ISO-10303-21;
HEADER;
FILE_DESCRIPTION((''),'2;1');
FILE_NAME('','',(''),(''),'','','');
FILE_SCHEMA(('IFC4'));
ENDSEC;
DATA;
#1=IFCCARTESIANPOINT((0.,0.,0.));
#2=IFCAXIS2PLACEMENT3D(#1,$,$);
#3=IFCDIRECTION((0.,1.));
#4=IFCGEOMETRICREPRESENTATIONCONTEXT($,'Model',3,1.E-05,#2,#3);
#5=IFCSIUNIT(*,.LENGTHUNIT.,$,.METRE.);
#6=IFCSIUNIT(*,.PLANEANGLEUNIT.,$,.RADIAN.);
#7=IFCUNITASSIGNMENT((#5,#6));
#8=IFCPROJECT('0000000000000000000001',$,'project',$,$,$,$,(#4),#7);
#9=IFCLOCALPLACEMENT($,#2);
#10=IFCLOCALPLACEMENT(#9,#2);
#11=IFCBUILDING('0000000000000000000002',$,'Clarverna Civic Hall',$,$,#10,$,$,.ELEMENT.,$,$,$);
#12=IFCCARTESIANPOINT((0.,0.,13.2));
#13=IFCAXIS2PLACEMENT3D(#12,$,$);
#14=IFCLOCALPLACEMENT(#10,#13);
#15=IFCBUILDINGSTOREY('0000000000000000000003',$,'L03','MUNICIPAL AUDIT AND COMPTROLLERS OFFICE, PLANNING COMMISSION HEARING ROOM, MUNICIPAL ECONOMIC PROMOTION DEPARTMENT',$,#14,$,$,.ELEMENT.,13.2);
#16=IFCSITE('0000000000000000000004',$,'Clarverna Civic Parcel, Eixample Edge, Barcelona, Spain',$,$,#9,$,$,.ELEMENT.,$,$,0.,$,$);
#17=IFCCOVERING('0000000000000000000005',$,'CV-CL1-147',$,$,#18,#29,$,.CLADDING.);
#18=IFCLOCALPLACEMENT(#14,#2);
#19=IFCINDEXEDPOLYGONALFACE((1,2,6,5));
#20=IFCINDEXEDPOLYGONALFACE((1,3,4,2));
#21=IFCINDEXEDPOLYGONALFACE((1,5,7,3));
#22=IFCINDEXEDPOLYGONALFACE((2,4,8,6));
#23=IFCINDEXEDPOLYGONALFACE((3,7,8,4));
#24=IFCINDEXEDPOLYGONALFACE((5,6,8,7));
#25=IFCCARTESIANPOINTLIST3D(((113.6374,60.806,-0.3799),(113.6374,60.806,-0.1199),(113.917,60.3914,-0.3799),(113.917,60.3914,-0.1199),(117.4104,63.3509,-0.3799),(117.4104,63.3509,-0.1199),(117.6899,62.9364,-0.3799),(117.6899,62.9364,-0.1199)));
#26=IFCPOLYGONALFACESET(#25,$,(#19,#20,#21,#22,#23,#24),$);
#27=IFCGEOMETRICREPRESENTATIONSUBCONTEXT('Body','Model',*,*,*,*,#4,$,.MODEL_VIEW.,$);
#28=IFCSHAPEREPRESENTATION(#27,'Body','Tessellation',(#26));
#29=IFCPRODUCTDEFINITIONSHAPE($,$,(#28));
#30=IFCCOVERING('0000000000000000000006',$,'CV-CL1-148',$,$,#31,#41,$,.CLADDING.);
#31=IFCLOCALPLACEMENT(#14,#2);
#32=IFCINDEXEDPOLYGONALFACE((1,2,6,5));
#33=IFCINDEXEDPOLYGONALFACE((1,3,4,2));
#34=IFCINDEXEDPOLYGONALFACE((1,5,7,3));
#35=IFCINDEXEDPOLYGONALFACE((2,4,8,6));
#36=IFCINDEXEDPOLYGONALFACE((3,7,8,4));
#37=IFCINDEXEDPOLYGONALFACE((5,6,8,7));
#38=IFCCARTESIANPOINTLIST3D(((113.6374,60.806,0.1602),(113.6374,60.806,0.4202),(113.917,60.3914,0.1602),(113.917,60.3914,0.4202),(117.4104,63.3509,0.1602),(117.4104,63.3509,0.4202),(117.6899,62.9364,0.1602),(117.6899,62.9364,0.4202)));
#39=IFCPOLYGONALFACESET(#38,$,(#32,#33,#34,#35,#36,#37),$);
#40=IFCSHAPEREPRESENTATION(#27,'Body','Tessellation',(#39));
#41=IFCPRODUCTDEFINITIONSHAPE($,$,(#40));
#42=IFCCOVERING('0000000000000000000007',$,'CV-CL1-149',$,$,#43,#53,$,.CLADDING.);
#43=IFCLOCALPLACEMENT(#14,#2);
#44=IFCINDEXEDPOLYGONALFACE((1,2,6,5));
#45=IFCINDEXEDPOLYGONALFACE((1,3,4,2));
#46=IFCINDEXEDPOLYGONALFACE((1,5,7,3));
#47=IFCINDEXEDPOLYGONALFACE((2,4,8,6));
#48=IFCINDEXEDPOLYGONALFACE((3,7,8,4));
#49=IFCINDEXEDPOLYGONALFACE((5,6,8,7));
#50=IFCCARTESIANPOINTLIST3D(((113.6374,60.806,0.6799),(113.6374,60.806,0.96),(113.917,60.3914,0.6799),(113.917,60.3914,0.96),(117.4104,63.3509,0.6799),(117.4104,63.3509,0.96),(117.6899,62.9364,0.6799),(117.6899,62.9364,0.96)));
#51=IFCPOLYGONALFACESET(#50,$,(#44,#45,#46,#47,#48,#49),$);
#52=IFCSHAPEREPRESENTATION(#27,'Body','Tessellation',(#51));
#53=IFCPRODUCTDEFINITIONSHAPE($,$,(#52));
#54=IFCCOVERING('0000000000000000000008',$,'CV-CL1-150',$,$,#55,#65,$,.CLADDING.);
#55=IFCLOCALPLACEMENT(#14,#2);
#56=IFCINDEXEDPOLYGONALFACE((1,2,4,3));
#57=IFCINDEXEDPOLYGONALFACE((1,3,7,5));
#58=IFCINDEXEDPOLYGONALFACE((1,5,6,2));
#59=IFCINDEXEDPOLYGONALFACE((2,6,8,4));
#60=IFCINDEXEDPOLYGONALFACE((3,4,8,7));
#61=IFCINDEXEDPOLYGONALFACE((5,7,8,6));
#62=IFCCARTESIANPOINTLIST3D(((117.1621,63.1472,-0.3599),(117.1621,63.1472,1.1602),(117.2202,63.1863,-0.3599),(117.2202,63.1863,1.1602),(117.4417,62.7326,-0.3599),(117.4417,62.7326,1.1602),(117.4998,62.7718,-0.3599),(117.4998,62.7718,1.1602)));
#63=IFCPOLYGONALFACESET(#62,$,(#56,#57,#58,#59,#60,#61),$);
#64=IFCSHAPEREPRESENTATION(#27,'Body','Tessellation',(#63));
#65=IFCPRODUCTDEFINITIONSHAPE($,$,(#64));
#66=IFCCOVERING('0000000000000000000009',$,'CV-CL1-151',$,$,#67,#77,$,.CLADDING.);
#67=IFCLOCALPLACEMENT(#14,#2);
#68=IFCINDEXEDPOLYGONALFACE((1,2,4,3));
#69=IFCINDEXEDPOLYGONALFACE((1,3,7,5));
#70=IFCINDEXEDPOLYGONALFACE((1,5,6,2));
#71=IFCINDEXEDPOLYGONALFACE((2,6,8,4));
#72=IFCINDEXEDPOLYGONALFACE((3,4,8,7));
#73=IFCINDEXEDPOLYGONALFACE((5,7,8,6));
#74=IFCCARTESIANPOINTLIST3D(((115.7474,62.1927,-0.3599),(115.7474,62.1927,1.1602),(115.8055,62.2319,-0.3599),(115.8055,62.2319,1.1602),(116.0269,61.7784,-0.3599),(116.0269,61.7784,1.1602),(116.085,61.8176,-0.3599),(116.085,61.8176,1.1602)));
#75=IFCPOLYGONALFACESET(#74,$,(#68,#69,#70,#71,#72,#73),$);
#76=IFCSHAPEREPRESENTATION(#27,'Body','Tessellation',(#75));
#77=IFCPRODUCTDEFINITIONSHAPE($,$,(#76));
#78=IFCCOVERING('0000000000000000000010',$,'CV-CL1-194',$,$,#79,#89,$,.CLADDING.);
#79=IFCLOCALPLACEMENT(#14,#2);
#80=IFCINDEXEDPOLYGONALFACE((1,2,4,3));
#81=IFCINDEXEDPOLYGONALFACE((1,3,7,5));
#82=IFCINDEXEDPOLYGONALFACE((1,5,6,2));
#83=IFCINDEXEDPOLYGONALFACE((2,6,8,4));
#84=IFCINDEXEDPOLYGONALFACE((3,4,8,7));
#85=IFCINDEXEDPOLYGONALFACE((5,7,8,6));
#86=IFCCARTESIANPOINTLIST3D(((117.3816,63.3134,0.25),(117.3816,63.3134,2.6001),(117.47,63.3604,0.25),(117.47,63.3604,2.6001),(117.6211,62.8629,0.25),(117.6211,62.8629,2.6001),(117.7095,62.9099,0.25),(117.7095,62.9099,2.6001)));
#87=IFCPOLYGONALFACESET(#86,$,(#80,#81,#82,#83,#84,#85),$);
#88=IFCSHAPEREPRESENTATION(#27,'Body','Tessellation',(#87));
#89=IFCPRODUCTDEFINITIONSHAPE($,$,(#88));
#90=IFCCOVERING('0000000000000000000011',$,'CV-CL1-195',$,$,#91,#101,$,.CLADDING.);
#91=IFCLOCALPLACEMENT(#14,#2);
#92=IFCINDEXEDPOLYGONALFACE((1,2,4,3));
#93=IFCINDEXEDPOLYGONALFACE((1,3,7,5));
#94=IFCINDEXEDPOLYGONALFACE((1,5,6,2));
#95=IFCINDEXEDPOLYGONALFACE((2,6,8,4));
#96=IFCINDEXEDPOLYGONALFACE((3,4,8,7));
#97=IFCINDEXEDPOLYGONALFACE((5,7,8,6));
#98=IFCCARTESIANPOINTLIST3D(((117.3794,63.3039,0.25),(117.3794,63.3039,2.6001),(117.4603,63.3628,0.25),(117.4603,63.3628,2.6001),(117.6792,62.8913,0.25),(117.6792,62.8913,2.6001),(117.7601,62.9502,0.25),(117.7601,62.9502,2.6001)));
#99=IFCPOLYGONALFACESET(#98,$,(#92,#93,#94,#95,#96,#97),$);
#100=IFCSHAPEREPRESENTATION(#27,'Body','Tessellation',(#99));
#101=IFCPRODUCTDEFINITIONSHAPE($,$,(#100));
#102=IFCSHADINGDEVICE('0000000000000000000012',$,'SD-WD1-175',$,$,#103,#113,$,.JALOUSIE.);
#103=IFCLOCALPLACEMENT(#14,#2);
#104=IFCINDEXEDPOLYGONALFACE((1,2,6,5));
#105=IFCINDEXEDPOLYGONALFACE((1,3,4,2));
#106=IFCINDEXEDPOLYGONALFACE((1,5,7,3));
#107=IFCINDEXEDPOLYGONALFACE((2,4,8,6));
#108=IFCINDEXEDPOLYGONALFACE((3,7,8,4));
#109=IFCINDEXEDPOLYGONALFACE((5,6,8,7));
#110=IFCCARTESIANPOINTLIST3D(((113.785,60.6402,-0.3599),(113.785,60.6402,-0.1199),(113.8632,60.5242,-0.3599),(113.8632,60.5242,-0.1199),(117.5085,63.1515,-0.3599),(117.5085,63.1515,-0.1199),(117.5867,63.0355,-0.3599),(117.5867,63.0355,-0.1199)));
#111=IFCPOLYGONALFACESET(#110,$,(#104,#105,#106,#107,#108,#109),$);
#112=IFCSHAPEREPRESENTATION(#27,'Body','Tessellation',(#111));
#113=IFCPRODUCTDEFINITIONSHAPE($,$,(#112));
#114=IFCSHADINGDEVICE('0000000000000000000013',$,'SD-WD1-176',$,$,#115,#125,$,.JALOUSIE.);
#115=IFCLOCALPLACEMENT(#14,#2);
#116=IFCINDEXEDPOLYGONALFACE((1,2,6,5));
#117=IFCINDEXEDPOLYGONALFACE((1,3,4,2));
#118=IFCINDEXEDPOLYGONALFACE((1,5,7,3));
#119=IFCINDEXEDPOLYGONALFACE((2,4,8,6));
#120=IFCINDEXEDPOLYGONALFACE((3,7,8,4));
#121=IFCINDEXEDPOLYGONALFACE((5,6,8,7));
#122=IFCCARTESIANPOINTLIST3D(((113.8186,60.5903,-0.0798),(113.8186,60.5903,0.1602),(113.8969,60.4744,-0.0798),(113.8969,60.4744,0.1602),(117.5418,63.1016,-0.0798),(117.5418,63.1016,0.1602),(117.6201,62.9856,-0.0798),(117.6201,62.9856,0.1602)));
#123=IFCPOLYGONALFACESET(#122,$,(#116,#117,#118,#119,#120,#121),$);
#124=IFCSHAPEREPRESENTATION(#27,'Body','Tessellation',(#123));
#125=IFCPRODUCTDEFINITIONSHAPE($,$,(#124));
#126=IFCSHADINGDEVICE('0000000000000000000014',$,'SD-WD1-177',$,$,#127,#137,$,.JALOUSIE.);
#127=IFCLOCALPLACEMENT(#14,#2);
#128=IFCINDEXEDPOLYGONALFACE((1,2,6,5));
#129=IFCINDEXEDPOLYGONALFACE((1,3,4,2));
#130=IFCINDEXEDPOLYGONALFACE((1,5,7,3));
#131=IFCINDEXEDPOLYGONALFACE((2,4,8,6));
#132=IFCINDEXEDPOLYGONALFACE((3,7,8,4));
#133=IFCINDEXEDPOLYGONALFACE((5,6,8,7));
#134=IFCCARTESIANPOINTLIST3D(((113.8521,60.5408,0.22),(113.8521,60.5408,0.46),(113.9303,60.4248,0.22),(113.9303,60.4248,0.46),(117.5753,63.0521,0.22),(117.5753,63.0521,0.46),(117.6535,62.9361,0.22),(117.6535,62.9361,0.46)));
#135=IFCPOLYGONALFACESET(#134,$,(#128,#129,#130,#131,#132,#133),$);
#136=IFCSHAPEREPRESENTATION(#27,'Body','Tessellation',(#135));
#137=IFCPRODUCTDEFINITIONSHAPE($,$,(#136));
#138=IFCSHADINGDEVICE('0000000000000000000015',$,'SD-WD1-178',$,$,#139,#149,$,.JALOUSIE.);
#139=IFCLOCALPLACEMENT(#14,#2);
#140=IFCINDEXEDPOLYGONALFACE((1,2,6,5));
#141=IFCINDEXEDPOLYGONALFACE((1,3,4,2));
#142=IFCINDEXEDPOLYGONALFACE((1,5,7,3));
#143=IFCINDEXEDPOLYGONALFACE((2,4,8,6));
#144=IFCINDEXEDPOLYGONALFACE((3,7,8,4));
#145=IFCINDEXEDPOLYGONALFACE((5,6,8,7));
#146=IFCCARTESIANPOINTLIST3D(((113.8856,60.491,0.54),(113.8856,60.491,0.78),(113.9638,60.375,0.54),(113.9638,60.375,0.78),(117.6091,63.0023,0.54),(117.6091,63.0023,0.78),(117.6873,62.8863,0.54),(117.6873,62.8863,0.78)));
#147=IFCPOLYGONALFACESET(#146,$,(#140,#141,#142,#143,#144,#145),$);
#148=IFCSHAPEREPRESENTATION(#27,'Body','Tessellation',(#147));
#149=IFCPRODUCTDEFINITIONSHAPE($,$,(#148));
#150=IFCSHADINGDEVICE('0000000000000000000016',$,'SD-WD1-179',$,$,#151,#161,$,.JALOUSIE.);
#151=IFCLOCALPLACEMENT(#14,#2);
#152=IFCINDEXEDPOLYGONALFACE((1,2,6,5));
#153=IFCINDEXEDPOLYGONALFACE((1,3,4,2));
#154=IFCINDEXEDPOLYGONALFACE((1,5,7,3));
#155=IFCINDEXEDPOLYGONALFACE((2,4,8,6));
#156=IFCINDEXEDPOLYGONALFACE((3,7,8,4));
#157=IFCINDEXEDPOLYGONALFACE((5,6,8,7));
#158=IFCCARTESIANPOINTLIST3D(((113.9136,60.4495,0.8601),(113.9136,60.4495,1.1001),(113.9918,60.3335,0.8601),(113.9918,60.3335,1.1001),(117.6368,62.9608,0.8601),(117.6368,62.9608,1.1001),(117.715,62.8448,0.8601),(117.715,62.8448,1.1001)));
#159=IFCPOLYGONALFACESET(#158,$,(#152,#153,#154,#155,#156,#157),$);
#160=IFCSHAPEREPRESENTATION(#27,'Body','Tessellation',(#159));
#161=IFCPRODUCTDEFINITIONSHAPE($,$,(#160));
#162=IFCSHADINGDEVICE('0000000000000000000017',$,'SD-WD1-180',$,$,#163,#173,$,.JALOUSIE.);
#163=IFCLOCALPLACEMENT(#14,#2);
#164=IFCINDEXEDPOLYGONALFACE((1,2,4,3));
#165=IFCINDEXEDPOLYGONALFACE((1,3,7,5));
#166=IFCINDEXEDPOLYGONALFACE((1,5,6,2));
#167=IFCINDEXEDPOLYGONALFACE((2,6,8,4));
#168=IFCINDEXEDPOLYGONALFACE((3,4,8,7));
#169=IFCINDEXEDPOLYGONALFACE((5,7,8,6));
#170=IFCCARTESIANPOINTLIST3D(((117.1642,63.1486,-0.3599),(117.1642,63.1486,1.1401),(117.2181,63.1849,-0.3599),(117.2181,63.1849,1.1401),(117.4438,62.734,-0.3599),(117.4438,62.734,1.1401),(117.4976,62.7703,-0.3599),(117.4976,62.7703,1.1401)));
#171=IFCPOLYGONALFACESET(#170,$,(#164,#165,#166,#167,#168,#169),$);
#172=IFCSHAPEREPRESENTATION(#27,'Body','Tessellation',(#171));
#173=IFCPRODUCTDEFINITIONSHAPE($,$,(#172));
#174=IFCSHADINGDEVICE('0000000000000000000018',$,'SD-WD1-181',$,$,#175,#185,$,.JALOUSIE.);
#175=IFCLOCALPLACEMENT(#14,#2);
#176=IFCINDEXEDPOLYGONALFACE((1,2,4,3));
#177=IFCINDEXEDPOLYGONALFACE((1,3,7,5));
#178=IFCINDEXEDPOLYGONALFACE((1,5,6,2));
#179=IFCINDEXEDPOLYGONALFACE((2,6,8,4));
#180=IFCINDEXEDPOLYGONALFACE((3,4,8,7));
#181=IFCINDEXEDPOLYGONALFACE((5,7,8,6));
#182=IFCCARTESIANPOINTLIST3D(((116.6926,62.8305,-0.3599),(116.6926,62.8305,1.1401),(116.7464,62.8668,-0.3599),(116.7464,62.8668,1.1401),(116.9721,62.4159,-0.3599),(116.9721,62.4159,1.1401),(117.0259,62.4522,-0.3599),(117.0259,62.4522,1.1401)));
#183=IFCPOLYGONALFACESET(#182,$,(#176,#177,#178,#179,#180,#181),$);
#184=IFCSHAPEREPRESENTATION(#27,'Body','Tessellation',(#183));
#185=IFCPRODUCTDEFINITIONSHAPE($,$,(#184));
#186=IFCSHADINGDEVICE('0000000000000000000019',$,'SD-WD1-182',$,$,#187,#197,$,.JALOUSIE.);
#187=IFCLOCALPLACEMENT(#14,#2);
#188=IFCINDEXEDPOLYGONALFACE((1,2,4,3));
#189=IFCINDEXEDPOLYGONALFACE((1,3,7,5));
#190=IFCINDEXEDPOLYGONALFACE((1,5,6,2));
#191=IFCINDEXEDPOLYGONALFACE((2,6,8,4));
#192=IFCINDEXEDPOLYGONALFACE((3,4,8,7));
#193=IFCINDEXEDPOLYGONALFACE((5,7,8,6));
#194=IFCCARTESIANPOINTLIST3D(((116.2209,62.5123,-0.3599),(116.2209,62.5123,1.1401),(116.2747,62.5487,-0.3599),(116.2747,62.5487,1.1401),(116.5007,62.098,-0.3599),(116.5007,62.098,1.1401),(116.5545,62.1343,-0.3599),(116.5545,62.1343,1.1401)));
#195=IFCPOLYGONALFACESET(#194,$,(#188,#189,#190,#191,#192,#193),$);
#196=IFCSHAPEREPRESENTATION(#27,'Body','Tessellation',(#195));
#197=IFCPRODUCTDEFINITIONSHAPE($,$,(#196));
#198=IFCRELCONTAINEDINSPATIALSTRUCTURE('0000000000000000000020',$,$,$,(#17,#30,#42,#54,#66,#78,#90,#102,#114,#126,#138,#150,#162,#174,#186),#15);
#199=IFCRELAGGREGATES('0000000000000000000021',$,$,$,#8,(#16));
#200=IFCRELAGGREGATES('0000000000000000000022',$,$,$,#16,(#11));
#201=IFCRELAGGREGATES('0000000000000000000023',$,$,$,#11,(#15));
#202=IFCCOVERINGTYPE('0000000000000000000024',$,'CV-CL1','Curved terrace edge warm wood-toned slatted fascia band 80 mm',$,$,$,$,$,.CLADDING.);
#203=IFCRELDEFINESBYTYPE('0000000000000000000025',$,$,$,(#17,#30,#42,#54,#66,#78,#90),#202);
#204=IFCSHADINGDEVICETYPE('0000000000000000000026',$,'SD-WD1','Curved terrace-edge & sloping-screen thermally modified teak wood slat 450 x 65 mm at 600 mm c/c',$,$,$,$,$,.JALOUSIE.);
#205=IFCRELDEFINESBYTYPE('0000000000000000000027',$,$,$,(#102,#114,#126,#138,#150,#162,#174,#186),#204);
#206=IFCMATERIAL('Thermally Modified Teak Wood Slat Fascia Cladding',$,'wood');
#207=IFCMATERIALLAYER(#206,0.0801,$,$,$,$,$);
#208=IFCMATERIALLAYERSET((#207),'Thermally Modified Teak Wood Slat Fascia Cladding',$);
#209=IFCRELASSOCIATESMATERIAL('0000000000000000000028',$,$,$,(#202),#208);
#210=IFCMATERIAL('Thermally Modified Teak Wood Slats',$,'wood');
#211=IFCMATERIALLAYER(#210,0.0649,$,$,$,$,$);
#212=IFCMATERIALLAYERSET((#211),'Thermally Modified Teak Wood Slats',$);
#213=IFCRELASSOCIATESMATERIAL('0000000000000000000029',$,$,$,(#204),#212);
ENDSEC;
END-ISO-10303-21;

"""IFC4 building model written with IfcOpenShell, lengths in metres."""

from ifc_helpers import new_model, si_unit, direction, frame, frame_2d, origin, place, context, subcontext, project, spatial, rectangle, extrude, material, layer, layer_set, type_object, element, save


model = new_model("IFC4")

# Units and contexts
model_context = context("Model", 3, precision=1e-05, world=origin(), true_north=direction((0.0, 1.0)))
body_context = subcontext(model_context, "Body", "Model", "MODEL_VIEW")
ifc_project = project(units=[si_unit("LENGTHUNIT", "METRE"), si_unit("PLANEANGLEUNIT", "RADIAN")], contexts=[model_context])

# Site, building, storey
site_placement = place(None, origin())
site = spatial("IfcSite", under=ifc_project, at=site_placement, Name="Clarverna Civic Parcel, Eixample Edge, Barcelona, Spain", CompositionType="ELEMENT", RefElevation=0.0)
building_placement = place(site_placement, origin())
building = spatial("IfcBuilding", under=site, at=building_placement, Name="Clarverna Civic Hall", CompositionType="ELEMENT")
storey_placement = place(building_placement, frame((0.0, 0.0, 13.2)))
storey = spatial("IfcBuildingStorey", under=building, at=storey_placement, Name="L03", Description="MUNICIPAL AUDIT AND COMPTROLLERS OFFICE, PLANNING COMMISSION HEARING ROOM, MUNICIPAL ECONOMIC PROMOTION DEPARTMENT", CompositionType="ELEMENT", Elevation=13.2)

# Coverings
ifc_material_1 = material(Name="Thermally Modified Teak Wood Slat Fascia Cladding", Category="wood")
ifc_layer_1 = layer(ifc_material_1, 0.0801)
ifc_layer_set_1 = layer_set([ifc_layer_1], Name="Thermally Modified Teak Wood Slat Fascia Cladding")
covering_type = type_object("IfcCoveringType", Name="CV-CL1", Description="Curved terrace edge warm wood-toned slatted fascia band 80 mm", PredefinedType="CLADDING", material=ifc_layer_set_1)
for number, where, z_axis, x_axis, name in (
    (1, (117.55, 63.1436, -0.3799), (0.0, 0.0, 1.0), (-0.829034, -0.559198, 0.0), "CV-CL1-147"),
    (2, (117.55, 63.1436, 0.1602), (0.0, 0.0, 1.0), (-0.829034, -0.559198, 0.0), "CV-CL1-148"),
):
    element("IfcCovering", number, at=place(storey_placement, frame(where, z_axis=z_axis, x_axis=x_axis)), inside=storey, type_object=covering_type, Name=name, PredefinedType="CLADDING", context=body_context, shape_type="SweptSolid", body=[
        extrude(rectangle(XDim=4.551, YDim=0.5, at=frame_2d((2.2754, 0.0))), origin(), (0.0, 0.0, 1.0), 0.26),
    ])
covering_1_placement = place(storey_placement, frame((117.55, 63.1436, 0.6799), z_axis=(0.0, 0.0, 1.0), x_axis=(-0.829034, -0.559198, 0.0)))
element("IfcCovering", 3, at=covering_1_placement, inside=storey, type_object=covering_type, Name="CV-CL1-149", PredefinedType="CLADDING", context=body_context, shape_type="SweptSolid", body=[
    extrude(rectangle(XDim=4.551, YDim=0.5, at=frame_2d((2.2754, 0.0))), origin(), (0.0, 0.0, 1.0), 0.28),
])
covering_2_placement = place(storey_placement, frame((117.1912, 63.1667, -0.3599), z_axis=(0.0, 0.0, 1.0), x_axis=(0.559087, -0.829109, 0.0)))
element("IfcCovering", 4, at=covering_2_placement, inside=storey, type_object=covering_type, Name="CV-CL1-150", PredefinedType="CLADDING", context=body_context, shape_type="SweptSolid", body=[
    extrude(rectangle(XDim=0.5, YDim=0.0701, at=frame_2d((0.25, 0.0))), origin(), (0.0, 0.0, 1.0), 1.52),
])
covering_3_placement = place(storey_placement, frame((115.7764, 62.2124, -0.3599), z_axis=(0.0, 0.0, 1.0), x_axis=(0.559313, -0.828956, 0.0)))
element("IfcCovering", 5, at=covering_3_placement, inside=storey, type_object=covering_type, Name="CV-CL1-151", PredefinedType="CLADDING", context=body_context, shape_type="SweptSolid", body=[
    extrude(rectangle(XDim=0.4998, YDim=0.0701, at=frame_2d((0.25, 0.0))), origin(), (0.0, 0.0, 1.0), 1.52),
])
covering_4_placement = place(storey_placement, frame((117.4258, 63.3369, 0.25), z_axis=(0.0, 0.0, 1.0), x_axis=(0.46947, -0.882948, 0.0)))
element("IfcCovering", 6, at=covering_4_placement, inside=storey, type_object=covering_type, Name="CV-CL1-194", PredefinedType="CLADDING", context=body_context, shape_type="SweptSolid", body=[
    extrude(rectangle(XDim=0.5103, YDim=0.1001, at=frame_2d((0.2551, 0.0))), origin(), (0.0, 0.0, 1.0), 2.3501),
])
covering_5_placement = place(storey_placement, frame((117.4199, 63.3333, 0.25), z_axis=(0.0, 0.0, 1.0), x_axis=(0.58783, -0.808984, 0.0)))
element("IfcCovering", 7, at=covering_5_placement, inside=storey, type_object=covering_type, Name="CV-CL1-195", PredefinedType="CLADDING", context=body_context, shape_type="SweptSolid", body=[
    extrude(rectangle(XDim=0.51, YDim=0.1001, at=frame_2d((0.2549, 0.0))), origin(), (0.0, 0.0, 1.0), 2.3501),
])

# Shading devices
ifc_material_2 = material(Name="Thermally Modified Teak Wood Slats", Category="wood")
ifc_layer_2 = layer(ifc_material_2, 0.0649)
ifc_layer_set_2 = layer_set([ifc_layer_2], Name="Thermally Modified Teak Wood Slats")
shading_device_type = type_object("IfcShadingDeviceType", Name="SD-WD1", Description="Curved terrace-edge & sloping-screen thermally modified teak wood slat 450 x 65 mm at 600 mm c/c", PredefinedType="JALOUSIE", material=ifc_layer_set_2)
shading_device_1_placement = place(storey_placement, frame((117.5476, 63.0935, -0.3599), z_axis=(0.0, 0.0, 1.0), x_axis=(-0.829061, -0.559158, 0.0)))
element("IfcShadingDevice", 8, at=shading_device_1_placement, inside=storey, type_object=shading_device_type, Name="SD-WD1-175", PredefinedType="JALOUSIE", context=body_context, shape_type="SweptSolid", body=[
    extrude(rectangle(XDim=4.4912, YDim=0.1399, at=frame_2d((2.2456, 0.0))), origin(), (0.0, 0.0, 1.0), 0.24),
])
for number, where, z_axis, x_axis, name in (
    (9, (117.5811, 63.0437, -0.0798), (0.0, 0.0, 1.0), (-0.829044, -0.559183, 0.0), "SD-WD1-176"),
    (10, (117.6145, 62.9941, 0.22), (0.0, 0.0, 1.0), (-0.829044, -0.559183, 0.0), "SD-WD1-177"),
):
    element("IfcShadingDevice", number, at=place(storey_placement, frame(where, z_axis=z_axis, x_axis=x_axis)), inside=storey, type_object=shading_device_type, Name=name, PredefinedType="JALOUSIE", context=body_context, shape_type="SweptSolid", body=[
        extrude(rectangle(XDim=4.491, YDim=0.1399, at=frame_2d((2.2456, 0.0))), origin(), (0.0, 0.0, 1.0), 0.24),
    ])
shading_device_2_placement = place(storey_placement, frame((117.6482, 62.9443, 0.54), z_axis=(0.0, 0.0, 1.0), x_axis=(-0.829061, -0.559158, 0.0)))
element("IfcShadingDevice", 11, at=shading_device_2_placement, inside=storey, type_object=shading_device_type, Name="SD-WD1-178", PredefinedType="JALOUSIE", context=body_context, shape_type="SweptSolid", body=[
    extrude(rectangle(XDim=4.4912, YDim=0.1399, at=frame_2d((2.2456, 0.0))), origin(), (0.0, 0.0, 1.0), 0.24),
])
shading_device_3_placement = place(storey_placement, frame((117.676, 62.9028, 0.8601), z_axis=(0.0, 0.0, 1.0), x_axis=(-0.829044, -0.559183, 0.0)))
element("IfcShadingDevice", 12, at=shading_device_3_placement, inside=storey, type_object=shading_device_type, Name="SD-WD1-179", PredefinedType="JALOUSIE", context=body_context, shape_type="SweptSolid", body=[
    extrude(rectangle(XDim=4.491, YDim=0.1399, at=frame_2d((2.2456, 0.0))), origin(), (0.0, 0.0, 1.0), 0.24),
])
for number, where, z_axis, x_axis, name in (
    (13, (117.1912, 63.1667, -0.3599), (0.0, 0.0, 1.0), (0.559087, -0.829109, 0.0), "SD-WD1-180"),
    (14, (116.7195, 62.8486, -0.3599), (0.0, 0.0, 1.0), (0.559087, -0.829109, 0.0), "SD-WD1-181"),
    (15, (116.2478, 62.5305, -0.3599), (0.0, 0.0, 1.0), (0.559649, -0.82873, 0.0), "SD-WD1-182"),
):
    element("IfcShadingDevice", number, at=place(storey_placement, frame(where, z_axis=z_axis, x_axis=x_axis)), inside=storey, type_object=shading_device_type, Name=name, PredefinedType="JALOUSIE", context=body_context, shape_type="SweptSolid", body=[
        extrude(rectangle(XDim=0.5, YDim=0.0649, at=frame_2d((0.25, 0.0))), origin(), (0.0, 0.0, 1.0), 1.5),
    ])

save(model, "model.ifc")
